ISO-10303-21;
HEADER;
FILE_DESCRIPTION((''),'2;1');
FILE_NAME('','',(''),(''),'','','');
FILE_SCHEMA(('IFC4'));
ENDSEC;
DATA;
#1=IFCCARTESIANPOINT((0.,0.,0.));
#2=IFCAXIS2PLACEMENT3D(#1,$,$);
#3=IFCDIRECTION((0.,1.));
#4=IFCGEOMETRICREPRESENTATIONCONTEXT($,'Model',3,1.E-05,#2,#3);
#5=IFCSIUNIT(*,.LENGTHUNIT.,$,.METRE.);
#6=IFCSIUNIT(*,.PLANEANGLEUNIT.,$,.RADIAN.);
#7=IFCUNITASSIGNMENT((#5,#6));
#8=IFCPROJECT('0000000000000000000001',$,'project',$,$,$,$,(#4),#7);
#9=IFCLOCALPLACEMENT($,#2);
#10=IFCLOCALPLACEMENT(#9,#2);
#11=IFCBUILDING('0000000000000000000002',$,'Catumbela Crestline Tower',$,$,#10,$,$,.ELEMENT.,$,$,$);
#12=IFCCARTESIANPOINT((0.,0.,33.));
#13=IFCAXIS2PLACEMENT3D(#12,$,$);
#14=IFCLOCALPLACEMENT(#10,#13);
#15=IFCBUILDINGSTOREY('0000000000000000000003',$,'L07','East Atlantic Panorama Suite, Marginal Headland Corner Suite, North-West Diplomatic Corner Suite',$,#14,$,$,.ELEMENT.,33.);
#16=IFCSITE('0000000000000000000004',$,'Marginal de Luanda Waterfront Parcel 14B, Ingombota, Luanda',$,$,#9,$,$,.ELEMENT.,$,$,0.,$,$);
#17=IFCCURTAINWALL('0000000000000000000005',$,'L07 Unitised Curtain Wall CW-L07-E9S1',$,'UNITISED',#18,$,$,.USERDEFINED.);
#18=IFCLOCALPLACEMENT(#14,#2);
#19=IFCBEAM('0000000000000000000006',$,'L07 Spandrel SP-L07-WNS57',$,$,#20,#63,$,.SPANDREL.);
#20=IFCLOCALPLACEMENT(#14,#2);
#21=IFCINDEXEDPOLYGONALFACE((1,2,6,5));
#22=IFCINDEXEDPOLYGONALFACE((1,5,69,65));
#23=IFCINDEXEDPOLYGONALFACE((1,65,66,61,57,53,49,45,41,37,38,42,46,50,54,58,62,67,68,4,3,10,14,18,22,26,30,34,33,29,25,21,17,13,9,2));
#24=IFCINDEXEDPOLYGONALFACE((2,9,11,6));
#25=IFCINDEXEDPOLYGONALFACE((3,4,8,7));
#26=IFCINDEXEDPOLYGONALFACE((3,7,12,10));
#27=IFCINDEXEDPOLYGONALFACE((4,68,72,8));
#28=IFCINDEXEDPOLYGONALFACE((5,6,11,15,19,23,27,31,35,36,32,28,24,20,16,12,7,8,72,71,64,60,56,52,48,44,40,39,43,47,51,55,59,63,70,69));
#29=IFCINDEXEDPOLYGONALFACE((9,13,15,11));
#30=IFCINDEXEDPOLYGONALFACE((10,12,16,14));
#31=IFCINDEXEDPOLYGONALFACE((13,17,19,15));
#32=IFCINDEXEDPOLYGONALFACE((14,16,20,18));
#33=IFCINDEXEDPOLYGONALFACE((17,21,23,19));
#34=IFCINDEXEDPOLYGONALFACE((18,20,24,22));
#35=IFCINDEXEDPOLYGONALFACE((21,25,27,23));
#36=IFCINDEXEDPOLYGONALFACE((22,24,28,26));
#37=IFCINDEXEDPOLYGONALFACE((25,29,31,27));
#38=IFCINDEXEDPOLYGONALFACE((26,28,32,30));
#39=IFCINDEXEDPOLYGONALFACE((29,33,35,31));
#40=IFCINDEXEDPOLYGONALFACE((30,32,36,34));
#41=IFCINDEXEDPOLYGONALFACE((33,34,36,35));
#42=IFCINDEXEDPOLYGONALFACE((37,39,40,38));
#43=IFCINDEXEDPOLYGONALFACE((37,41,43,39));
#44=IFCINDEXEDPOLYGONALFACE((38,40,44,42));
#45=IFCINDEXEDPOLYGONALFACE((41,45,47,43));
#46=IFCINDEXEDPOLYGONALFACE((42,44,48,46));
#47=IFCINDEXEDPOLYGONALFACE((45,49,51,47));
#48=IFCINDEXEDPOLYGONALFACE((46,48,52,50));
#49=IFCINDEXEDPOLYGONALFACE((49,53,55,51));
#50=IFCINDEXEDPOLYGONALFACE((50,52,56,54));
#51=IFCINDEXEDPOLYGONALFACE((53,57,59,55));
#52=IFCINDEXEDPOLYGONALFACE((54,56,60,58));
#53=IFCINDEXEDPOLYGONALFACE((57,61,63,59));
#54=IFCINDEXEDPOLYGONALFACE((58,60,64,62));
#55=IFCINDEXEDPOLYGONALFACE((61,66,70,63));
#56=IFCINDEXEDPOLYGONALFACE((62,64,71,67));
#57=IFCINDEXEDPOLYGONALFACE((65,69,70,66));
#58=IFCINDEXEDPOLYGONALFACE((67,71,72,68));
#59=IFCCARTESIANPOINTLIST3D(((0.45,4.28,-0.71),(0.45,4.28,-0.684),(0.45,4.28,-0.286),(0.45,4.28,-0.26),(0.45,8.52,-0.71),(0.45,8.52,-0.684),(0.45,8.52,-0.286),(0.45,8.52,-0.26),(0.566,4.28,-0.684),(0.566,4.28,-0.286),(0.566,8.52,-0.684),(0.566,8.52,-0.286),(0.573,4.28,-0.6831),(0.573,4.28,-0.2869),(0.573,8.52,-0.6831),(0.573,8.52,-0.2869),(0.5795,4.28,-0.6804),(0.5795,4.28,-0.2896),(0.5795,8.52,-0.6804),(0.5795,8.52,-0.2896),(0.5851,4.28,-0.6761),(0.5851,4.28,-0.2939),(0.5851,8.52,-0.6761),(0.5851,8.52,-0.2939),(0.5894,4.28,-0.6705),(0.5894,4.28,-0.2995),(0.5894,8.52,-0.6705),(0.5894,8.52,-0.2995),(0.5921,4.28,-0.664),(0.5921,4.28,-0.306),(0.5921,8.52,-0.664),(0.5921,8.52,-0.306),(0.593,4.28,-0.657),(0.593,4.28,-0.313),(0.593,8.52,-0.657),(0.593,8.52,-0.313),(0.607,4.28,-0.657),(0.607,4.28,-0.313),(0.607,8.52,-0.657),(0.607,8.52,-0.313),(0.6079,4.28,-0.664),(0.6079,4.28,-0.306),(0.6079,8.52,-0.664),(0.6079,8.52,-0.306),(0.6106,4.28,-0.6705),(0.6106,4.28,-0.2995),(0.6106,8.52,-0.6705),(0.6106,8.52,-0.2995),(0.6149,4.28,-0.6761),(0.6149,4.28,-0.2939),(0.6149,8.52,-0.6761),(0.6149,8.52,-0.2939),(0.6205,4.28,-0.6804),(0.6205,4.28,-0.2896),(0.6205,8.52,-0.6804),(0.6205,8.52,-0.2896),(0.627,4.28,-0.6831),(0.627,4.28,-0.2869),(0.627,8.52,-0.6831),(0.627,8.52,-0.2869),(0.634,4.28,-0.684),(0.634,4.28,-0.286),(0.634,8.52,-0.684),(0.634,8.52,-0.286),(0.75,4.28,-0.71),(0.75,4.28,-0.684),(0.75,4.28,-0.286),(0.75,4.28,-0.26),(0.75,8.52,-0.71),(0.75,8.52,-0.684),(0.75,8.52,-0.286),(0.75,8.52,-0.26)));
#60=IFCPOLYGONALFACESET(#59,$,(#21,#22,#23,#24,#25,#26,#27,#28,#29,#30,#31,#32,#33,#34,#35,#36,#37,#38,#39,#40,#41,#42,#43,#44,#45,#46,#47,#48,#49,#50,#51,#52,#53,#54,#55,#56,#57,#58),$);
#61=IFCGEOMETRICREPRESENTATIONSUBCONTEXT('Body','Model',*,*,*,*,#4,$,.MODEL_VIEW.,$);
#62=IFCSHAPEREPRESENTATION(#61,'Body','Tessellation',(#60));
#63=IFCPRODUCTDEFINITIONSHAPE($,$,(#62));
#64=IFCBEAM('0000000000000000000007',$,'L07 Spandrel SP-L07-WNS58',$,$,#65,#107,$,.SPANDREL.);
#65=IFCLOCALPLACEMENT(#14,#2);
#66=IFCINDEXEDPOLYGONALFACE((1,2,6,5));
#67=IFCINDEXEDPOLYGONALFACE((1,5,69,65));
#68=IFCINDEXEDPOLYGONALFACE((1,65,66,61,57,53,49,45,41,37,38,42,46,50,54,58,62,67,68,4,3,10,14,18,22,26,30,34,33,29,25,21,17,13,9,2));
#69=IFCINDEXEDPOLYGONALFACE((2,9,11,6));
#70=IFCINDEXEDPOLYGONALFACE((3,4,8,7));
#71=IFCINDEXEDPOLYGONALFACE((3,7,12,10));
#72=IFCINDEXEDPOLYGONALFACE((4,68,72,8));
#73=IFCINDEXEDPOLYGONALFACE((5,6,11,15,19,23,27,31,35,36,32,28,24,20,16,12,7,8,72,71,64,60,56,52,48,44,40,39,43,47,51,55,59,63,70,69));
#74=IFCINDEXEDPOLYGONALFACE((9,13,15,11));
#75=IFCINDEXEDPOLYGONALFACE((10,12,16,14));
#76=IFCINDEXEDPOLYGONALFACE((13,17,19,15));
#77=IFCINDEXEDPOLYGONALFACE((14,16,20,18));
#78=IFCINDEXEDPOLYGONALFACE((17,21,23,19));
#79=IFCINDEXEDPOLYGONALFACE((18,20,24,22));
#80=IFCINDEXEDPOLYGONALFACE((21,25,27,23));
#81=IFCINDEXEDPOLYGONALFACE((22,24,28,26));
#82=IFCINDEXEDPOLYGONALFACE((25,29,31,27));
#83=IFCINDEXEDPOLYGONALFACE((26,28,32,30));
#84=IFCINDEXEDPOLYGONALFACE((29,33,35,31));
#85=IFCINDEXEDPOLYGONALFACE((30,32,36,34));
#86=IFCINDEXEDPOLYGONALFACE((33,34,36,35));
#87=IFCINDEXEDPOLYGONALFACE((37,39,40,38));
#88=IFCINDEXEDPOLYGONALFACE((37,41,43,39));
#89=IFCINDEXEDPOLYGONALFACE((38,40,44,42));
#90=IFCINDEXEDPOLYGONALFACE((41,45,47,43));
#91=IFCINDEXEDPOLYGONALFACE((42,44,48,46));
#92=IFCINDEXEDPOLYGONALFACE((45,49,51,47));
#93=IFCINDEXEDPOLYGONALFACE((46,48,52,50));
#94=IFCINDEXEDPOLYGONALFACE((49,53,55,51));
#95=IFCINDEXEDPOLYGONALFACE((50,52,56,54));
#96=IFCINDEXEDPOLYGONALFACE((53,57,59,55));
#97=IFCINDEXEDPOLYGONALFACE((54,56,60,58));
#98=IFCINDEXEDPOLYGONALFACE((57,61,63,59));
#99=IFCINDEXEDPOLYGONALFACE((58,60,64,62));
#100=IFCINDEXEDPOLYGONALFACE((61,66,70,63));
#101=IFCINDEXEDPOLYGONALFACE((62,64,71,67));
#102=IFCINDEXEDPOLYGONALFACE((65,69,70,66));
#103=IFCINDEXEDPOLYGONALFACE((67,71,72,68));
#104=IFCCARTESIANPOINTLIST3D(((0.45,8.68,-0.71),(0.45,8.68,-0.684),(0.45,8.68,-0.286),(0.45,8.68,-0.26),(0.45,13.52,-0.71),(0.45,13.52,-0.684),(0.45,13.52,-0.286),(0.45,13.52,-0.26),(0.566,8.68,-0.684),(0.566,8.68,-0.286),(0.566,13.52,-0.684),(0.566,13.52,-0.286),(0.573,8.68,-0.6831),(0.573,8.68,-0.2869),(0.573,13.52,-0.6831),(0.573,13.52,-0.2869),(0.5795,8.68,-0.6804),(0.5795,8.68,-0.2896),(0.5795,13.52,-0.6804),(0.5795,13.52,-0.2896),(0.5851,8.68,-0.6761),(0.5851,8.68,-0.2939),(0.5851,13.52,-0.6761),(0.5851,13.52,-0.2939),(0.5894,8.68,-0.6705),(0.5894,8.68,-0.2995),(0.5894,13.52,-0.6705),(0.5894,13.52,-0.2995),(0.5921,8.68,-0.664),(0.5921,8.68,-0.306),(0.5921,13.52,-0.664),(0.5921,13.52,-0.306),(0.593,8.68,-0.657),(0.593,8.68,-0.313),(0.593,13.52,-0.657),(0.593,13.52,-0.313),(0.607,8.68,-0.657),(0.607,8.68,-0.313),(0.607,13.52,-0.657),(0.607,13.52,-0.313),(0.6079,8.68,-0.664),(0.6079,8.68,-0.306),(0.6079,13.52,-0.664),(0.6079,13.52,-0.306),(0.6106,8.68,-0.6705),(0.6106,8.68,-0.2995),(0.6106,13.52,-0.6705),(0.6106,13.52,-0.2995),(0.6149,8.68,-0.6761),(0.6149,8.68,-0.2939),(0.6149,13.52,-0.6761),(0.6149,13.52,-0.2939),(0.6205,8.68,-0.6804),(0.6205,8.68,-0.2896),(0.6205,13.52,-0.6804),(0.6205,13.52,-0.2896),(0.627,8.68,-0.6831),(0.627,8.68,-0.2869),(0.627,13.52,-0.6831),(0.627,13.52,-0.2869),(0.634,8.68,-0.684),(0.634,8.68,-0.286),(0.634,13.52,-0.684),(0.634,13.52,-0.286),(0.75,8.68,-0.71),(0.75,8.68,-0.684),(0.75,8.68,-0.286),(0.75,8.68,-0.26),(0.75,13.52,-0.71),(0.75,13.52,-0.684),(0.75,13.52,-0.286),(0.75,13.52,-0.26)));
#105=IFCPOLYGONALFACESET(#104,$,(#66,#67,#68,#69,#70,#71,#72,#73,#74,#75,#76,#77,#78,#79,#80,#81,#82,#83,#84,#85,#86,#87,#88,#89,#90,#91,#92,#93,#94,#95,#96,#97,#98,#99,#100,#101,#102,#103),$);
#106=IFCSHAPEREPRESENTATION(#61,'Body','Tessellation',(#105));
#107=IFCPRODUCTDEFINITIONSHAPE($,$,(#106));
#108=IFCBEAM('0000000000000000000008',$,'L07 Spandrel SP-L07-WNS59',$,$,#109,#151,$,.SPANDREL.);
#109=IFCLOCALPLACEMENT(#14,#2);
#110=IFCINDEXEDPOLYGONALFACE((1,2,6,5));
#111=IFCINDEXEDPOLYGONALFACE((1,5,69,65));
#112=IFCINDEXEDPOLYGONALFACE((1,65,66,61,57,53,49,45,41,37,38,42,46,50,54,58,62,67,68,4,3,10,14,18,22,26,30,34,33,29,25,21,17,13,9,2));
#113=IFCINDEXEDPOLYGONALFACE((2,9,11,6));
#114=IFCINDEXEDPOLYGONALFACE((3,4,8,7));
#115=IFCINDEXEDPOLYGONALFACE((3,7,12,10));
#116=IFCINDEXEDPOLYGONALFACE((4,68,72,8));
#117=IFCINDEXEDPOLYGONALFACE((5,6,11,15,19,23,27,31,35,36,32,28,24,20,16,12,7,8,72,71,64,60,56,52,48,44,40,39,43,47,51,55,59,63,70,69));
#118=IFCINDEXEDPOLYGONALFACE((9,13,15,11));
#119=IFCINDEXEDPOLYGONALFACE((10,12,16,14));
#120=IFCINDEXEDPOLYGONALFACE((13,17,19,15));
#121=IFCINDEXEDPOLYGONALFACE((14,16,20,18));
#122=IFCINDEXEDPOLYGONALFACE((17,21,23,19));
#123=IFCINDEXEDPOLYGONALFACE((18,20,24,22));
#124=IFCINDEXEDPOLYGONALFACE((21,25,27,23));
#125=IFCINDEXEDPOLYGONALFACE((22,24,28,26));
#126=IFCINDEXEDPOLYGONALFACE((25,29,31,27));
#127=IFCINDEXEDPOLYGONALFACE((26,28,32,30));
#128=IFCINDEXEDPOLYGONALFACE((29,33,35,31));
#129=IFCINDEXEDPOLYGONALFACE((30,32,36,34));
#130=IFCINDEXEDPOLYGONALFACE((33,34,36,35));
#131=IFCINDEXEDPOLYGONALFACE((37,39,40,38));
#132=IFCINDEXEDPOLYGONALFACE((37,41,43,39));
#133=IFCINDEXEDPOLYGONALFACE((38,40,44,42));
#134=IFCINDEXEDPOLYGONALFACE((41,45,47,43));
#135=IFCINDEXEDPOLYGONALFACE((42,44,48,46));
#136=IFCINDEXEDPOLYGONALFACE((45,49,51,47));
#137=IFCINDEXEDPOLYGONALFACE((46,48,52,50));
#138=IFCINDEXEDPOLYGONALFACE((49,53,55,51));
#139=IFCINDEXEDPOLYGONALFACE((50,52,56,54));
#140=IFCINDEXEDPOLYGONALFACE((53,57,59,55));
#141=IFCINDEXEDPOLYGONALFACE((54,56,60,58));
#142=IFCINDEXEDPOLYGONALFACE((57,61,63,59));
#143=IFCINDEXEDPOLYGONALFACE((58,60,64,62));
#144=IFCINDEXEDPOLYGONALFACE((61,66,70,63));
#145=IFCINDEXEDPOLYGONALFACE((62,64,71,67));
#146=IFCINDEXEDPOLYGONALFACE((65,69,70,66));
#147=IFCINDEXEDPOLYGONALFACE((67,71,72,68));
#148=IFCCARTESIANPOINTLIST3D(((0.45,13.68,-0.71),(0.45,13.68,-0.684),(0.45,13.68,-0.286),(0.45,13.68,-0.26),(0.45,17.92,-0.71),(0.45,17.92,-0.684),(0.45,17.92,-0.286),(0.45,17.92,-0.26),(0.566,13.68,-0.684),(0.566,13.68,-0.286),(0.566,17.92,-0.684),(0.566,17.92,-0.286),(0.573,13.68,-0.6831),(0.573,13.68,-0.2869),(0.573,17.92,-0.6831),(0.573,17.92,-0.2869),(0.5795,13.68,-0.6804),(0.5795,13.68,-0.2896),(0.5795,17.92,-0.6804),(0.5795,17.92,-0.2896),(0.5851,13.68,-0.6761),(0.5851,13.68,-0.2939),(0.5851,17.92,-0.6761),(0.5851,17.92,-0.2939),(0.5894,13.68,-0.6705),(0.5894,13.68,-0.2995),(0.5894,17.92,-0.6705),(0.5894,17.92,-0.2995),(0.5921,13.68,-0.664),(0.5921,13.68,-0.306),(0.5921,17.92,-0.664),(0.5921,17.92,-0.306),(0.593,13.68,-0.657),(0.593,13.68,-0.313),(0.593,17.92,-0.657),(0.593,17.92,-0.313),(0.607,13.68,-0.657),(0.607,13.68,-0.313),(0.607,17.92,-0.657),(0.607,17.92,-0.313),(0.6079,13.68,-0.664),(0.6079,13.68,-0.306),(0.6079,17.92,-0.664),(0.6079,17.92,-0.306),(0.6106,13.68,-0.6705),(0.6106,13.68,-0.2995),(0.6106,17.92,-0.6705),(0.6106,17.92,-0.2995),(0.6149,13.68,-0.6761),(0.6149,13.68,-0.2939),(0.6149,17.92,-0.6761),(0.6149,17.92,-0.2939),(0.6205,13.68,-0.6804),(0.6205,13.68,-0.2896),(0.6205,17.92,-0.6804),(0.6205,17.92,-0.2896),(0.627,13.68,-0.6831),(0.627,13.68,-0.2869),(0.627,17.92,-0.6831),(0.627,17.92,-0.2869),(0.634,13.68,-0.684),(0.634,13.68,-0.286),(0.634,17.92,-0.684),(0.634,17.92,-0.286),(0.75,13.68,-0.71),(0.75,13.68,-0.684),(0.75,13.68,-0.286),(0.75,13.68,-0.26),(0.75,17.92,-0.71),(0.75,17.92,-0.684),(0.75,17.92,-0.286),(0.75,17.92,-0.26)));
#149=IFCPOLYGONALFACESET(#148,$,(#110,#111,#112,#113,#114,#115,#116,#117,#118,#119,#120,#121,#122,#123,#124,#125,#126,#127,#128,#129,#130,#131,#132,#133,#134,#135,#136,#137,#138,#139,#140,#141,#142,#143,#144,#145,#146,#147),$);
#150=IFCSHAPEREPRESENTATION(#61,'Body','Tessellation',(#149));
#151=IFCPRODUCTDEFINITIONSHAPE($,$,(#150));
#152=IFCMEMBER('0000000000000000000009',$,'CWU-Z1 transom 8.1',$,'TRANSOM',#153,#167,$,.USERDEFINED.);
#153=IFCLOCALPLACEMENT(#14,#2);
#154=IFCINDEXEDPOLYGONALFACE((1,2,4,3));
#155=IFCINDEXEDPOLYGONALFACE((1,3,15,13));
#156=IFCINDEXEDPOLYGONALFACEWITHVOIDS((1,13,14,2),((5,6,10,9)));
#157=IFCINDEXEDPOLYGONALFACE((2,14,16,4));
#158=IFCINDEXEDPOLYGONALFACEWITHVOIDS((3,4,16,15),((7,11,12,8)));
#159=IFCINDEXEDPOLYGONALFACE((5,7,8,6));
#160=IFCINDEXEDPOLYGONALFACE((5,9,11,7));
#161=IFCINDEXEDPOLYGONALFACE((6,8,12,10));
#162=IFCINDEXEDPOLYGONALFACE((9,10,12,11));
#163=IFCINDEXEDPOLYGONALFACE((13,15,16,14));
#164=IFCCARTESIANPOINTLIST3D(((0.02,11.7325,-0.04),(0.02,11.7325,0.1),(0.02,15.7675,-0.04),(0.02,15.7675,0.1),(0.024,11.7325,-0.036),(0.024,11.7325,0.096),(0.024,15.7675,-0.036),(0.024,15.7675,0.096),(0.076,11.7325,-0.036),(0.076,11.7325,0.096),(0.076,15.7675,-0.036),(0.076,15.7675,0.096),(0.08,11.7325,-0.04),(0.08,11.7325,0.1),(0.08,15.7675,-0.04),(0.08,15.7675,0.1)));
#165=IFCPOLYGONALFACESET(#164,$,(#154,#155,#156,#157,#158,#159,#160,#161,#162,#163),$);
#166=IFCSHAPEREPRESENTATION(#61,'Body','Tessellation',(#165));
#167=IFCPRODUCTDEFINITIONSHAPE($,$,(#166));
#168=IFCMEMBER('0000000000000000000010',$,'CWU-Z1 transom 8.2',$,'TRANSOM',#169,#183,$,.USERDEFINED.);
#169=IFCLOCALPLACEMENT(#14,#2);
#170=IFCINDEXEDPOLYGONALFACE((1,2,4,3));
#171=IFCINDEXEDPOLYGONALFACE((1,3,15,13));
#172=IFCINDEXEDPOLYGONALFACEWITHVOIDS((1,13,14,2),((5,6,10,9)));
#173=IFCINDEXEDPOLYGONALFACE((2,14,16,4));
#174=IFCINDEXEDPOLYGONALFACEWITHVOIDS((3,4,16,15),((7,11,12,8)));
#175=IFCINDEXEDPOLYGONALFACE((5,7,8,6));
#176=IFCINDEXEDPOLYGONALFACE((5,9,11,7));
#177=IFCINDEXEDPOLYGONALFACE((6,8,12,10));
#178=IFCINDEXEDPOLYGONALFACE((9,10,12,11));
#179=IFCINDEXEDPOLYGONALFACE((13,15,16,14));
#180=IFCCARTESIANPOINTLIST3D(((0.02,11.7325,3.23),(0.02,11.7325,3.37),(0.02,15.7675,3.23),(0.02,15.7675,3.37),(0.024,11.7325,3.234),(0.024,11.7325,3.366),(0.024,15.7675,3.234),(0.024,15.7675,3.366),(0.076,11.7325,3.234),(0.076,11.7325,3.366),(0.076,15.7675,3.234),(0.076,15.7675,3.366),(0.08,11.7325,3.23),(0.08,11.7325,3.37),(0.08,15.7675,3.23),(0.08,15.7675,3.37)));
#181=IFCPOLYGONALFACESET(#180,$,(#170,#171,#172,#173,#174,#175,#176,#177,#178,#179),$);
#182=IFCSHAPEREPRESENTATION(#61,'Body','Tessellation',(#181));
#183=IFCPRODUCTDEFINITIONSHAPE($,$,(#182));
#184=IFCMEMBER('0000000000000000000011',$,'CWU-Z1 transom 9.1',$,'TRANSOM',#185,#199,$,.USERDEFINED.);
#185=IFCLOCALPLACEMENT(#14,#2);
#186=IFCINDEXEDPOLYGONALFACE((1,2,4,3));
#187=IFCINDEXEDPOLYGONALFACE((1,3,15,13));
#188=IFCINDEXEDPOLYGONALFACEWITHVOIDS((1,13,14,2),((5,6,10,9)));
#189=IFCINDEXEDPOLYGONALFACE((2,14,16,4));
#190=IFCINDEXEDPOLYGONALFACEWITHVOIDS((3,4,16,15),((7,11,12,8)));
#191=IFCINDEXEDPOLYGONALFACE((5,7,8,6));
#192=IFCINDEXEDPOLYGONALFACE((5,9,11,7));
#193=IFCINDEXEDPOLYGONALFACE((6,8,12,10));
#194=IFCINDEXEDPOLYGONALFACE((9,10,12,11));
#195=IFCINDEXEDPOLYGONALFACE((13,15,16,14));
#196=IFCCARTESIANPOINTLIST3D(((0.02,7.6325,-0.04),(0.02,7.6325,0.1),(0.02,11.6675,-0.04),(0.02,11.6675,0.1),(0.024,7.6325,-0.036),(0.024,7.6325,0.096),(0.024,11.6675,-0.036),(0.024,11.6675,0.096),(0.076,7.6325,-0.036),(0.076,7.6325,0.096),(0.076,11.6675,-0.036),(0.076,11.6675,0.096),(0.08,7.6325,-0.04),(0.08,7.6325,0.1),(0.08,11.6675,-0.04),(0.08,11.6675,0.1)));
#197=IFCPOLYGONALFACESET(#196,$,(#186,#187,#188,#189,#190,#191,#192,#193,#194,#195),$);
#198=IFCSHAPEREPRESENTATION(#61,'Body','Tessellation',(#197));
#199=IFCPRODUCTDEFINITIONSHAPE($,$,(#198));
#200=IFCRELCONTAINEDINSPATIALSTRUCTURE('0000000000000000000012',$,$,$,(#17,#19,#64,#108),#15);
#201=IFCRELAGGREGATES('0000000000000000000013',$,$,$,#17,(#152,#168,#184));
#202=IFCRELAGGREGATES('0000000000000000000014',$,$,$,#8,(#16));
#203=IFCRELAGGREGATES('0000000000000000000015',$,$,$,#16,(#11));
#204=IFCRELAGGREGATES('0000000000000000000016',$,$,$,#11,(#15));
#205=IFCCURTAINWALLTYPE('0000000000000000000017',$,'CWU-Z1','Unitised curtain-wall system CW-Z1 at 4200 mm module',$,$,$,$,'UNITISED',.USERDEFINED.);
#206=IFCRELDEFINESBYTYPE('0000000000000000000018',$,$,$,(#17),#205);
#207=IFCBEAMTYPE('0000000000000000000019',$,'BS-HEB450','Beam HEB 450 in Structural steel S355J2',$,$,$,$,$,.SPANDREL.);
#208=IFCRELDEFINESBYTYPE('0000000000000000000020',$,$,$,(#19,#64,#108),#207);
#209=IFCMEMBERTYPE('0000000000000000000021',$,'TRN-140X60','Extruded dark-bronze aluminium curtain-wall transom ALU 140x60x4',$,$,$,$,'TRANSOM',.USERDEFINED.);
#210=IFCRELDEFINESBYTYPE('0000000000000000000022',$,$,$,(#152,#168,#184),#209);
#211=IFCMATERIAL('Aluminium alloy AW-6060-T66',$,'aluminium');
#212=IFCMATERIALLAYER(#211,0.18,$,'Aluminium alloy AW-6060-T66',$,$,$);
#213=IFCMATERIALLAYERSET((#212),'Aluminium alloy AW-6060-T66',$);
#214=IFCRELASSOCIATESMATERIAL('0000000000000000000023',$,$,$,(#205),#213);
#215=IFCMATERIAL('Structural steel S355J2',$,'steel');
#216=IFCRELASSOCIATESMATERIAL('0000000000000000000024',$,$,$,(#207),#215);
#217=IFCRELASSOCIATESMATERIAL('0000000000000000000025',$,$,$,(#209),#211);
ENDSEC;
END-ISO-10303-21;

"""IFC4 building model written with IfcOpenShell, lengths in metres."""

from ifc_helpers import new_model, si_unit, direction, frame, origin, origin_2d, place, context, subcontext, project, spatial, hollow_rectangle, i_section, extrude, material, layer, layer_set, material_profile, profile_set, type_object, element, aggregate, save


model = new_model("IFC4")

# Units and contexts
model_context = context("Model", 3, precision=1e-05, world=origin(), true_north=direction((0.0, 1.0)))
body_context = subcontext(model_context, "Body", "Model", "MODEL_VIEW")
ifc_project = project(units=[si_unit("LENGTHUNIT", "METRE"), si_unit("PLANEANGLEUNIT", "RADIAN")], contexts=[model_context])

# Site, building, storey
site_placement = place(None, origin())
site = spatial("IfcSite", under=ifc_project, at=site_placement, Name="Marginal de Luanda Waterfront Parcel 14B, Ingombota, Luanda", CompositionType="ELEMENT", RefElevation=0.0)
building_placement = place(site_placement, origin())
building = spatial("IfcBuilding", under=site, at=building_placement, Name="Catumbela Crestline Tower", CompositionType="ELEMENT")
storey_placement = place(building_placement, frame((0.0, 0.0, 33.0)))
storey = spatial("IfcBuildingStorey", under=building, at=storey_placement, Name="L07", Description="East Atlantic Panorama Suite, Marginal Headland Corner Suite, North-West Diplomatic Corner Suite", CompositionType="ELEMENT", Elevation=33.0)

# Shared definitions
ifc_material_1 = material(Name="Structural steel S355J2", Category="steel")

# Curtain wall
ifc_material_2 = material(Name="Aluminium alloy AW-6060-T66", Category="aluminium")
ifc_layer_1 = layer(ifc_material_2, 0.18, Name="Aluminium alloy AW-6060-T66")
ifc_layer_set_1 = layer_set([ifc_layer_1], Name="Aluminium alloy AW-6060-T66")
curtain_wall_type = type_object("IfcCurtainWallType", Name="CWU-Z1", Description="Unitised curtain-wall system CW-Z1 at 4200 mm module", ElementType="UNITISED", PredefinedType="USERDEFINED", material=ifc_layer_set_1)
curtain_wall_placement = place(storey_placement, origin())
curtain_wall = element("IfcCurtainWall", 1, at=curtain_wall_placement, inside=storey, type_object=curtain_wall_type, Name="L07 Unitised Curtain Wall CW-L07-E9S1", ObjectType="UNITISED", PredefinedType="USERDEFINED")

# Beams
ifc_material_profile_1 = material_profile(ifc_material_1, i_section(OverallWidth=0.3, OverallDepth=0.45, WebThickness=0.014, FlangeThickness=0.026, FilletRadius=0.027, at=origin_2d()), Name="HEB 450")
ifc_profile_set_1 = profile_set([ifc_material_profile_1], Name="Structural steel S355J2")
beam_type_1 = type_object("IfcBeamType", Name="BS-HEB450", Description="Beam HEB 450 in Structural steel S355J2", PredefinedType="SPANDREL", material=ifc_profile_set_1)
beam_1_placement = place(storey_placement, frame((0.6, 4.28, -0.485), z_axis=(0.0, 1.0, 0.0), x_axis=(-1.0, 0.0, 0.0)))
element("IfcBeam", 2, at=beam_1_placement, inside=storey, type_object=beam_type_1, Name="L07 Spandrel SP-L07-WNS57", PredefinedType="SPANDREL", context=body_context, shape_type="SweptSolid", body=[
    extrude(i_section(OverallWidth=0.3, OverallDepth=0.45, WebThickness=0.014, FlangeThickness=0.026, FilletRadius=0.027, at=origin_2d()), origin(), (0.0, 0.0, 1.0), 4.24),
])
beam_2_placement = place(storey_placement, frame((0.6, 8.68, -0.485), z_axis=(0.0, 1.0, 0.0), x_axis=(-1.0, 0.0, 0.0)))
element("IfcBeam", 3, at=beam_2_placement, inside=storey, type_object=beam_type_1, Name="L07 Spandrel SP-L07-WNS58", PredefinedType="SPANDREL", context=body_context, shape_type="SweptSolid", body=[
    extrude(i_section(OverallWidth=0.3, OverallDepth=0.45, WebThickness=0.014, FlangeThickness=0.026, FilletRadius=0.027, at=origin_2d()), origin(), (0.0, 0.0, 1.0), 4.84),
])
beam_3_placement = place(storey_placement, frame((0.6, 13.68, -0.485), z_axis=(0.0, 1.0, 0.0), x_axis=(-1.0, 0.0, 0.0)))
element("IfcBeam", 4, at=beam_3_placement, inside=storey, type_object=beam_type_1, Name="L07 Spandrel SP-L07-WNS59", PredefinedType="SPANDREL", context=body_context, shape_type="SweptSolid", body=[
    extrude(i_section(OverallWidth=0.3, OverallDepth=0.45, WebThickness=0.014, FlangeThickness=0.026, FilletRadius=0.027, at=origin_2d()), origin(), (0.0, 0.0, 1.0), 4.24),
])

# Members
ifc_material_profile_2 = material_profile(ifc_material_2, hollow_rectangle(XDim=0.06, YDim=0.14, WallThickness=0.004, at=origin_2d()), Name="ALU 140x60x4")
ifc_profile_set_2 = profile_set([ifc_material_profile_2], Name="Aluminium alloy AW-6060-T66")
member_type_1 = type_object("IfcMemberType", Name="TRN-140X60", Description="Extruded dark-bronze aluminium curtain-wall transom ALU 140x60x4", ElementType="TRANSOM", PredefinedType="USERDEFINED", material=ifc_profile_set_2)
member_1_placement = place(storey_placement, frame((0.05, 15.7675, 0.03), z_axis=(0.0, -1.0, 0.0), x_axis=(1.0, 0.0, 0.0)))
member_1 = element("IfcMember", 5, at=member_1_placement, type_object=member_type_1, Name="CWU-Z1 transom 8.1", ObjectType="TRANSOM", PredefinedType="USERDEFINED", context=body_context, shape_type="SweptSolid", body=[
    extrude(hollow_rectangle(XDim=0.06, YDim=0.14, WallThickness=0.004, at=origin_2d()), origin(), (0.0, 0.0, 1.0), 4.035),
])
member_2_placement = place(storey_placement, frame((0.05, 15.7675, 3.3), z_axis=(0.0, -1.0, 0.0), x_axis=(1.0, 0.0, 0.0)))
member_2 = element("IfcMember", 6, at=member_2_placement, type_object=member_type_1, Name="CWU-Z1 transom 8.2", ObjectType="TRANSOM", PredefinedType="USERDEFINED", context=body_context, shape_type="SweptSolid", body=[
    extrude(hollow_rectangle(XDim=0.06, YDim=0.14, WallThickness=0.004, at=origin_2d()), origin(), (0.0, 0.0, 1.0), 4.035),
])
member_3_placement = place(storey_placement, frame((0.05, 11.6675, 0.03), z_axis=(0.0, -1.0, 0.0), x_axis=(1.0, 0.0, 0.0)))
member_3 = element("IfcMember", 7, at=member_3_placement, type_object=member_type_1, Name="CWU-Z1 transom 9.1", ObjectType="TRANSOM", PredefinedType="USERDEFINED", context=body_context, shape_type="SweptSolid", body=[
    extrude(hollow_rectangle(XDim=0.06, YDim=0.14, WallThickness=0.004, at=origin_2d()), origin(), (0.0, 0.0, 1.0), 4.035),
])

aggregate(curtain_wall, [member_1, member_2, member_3])

save(model, "model.ifc")
